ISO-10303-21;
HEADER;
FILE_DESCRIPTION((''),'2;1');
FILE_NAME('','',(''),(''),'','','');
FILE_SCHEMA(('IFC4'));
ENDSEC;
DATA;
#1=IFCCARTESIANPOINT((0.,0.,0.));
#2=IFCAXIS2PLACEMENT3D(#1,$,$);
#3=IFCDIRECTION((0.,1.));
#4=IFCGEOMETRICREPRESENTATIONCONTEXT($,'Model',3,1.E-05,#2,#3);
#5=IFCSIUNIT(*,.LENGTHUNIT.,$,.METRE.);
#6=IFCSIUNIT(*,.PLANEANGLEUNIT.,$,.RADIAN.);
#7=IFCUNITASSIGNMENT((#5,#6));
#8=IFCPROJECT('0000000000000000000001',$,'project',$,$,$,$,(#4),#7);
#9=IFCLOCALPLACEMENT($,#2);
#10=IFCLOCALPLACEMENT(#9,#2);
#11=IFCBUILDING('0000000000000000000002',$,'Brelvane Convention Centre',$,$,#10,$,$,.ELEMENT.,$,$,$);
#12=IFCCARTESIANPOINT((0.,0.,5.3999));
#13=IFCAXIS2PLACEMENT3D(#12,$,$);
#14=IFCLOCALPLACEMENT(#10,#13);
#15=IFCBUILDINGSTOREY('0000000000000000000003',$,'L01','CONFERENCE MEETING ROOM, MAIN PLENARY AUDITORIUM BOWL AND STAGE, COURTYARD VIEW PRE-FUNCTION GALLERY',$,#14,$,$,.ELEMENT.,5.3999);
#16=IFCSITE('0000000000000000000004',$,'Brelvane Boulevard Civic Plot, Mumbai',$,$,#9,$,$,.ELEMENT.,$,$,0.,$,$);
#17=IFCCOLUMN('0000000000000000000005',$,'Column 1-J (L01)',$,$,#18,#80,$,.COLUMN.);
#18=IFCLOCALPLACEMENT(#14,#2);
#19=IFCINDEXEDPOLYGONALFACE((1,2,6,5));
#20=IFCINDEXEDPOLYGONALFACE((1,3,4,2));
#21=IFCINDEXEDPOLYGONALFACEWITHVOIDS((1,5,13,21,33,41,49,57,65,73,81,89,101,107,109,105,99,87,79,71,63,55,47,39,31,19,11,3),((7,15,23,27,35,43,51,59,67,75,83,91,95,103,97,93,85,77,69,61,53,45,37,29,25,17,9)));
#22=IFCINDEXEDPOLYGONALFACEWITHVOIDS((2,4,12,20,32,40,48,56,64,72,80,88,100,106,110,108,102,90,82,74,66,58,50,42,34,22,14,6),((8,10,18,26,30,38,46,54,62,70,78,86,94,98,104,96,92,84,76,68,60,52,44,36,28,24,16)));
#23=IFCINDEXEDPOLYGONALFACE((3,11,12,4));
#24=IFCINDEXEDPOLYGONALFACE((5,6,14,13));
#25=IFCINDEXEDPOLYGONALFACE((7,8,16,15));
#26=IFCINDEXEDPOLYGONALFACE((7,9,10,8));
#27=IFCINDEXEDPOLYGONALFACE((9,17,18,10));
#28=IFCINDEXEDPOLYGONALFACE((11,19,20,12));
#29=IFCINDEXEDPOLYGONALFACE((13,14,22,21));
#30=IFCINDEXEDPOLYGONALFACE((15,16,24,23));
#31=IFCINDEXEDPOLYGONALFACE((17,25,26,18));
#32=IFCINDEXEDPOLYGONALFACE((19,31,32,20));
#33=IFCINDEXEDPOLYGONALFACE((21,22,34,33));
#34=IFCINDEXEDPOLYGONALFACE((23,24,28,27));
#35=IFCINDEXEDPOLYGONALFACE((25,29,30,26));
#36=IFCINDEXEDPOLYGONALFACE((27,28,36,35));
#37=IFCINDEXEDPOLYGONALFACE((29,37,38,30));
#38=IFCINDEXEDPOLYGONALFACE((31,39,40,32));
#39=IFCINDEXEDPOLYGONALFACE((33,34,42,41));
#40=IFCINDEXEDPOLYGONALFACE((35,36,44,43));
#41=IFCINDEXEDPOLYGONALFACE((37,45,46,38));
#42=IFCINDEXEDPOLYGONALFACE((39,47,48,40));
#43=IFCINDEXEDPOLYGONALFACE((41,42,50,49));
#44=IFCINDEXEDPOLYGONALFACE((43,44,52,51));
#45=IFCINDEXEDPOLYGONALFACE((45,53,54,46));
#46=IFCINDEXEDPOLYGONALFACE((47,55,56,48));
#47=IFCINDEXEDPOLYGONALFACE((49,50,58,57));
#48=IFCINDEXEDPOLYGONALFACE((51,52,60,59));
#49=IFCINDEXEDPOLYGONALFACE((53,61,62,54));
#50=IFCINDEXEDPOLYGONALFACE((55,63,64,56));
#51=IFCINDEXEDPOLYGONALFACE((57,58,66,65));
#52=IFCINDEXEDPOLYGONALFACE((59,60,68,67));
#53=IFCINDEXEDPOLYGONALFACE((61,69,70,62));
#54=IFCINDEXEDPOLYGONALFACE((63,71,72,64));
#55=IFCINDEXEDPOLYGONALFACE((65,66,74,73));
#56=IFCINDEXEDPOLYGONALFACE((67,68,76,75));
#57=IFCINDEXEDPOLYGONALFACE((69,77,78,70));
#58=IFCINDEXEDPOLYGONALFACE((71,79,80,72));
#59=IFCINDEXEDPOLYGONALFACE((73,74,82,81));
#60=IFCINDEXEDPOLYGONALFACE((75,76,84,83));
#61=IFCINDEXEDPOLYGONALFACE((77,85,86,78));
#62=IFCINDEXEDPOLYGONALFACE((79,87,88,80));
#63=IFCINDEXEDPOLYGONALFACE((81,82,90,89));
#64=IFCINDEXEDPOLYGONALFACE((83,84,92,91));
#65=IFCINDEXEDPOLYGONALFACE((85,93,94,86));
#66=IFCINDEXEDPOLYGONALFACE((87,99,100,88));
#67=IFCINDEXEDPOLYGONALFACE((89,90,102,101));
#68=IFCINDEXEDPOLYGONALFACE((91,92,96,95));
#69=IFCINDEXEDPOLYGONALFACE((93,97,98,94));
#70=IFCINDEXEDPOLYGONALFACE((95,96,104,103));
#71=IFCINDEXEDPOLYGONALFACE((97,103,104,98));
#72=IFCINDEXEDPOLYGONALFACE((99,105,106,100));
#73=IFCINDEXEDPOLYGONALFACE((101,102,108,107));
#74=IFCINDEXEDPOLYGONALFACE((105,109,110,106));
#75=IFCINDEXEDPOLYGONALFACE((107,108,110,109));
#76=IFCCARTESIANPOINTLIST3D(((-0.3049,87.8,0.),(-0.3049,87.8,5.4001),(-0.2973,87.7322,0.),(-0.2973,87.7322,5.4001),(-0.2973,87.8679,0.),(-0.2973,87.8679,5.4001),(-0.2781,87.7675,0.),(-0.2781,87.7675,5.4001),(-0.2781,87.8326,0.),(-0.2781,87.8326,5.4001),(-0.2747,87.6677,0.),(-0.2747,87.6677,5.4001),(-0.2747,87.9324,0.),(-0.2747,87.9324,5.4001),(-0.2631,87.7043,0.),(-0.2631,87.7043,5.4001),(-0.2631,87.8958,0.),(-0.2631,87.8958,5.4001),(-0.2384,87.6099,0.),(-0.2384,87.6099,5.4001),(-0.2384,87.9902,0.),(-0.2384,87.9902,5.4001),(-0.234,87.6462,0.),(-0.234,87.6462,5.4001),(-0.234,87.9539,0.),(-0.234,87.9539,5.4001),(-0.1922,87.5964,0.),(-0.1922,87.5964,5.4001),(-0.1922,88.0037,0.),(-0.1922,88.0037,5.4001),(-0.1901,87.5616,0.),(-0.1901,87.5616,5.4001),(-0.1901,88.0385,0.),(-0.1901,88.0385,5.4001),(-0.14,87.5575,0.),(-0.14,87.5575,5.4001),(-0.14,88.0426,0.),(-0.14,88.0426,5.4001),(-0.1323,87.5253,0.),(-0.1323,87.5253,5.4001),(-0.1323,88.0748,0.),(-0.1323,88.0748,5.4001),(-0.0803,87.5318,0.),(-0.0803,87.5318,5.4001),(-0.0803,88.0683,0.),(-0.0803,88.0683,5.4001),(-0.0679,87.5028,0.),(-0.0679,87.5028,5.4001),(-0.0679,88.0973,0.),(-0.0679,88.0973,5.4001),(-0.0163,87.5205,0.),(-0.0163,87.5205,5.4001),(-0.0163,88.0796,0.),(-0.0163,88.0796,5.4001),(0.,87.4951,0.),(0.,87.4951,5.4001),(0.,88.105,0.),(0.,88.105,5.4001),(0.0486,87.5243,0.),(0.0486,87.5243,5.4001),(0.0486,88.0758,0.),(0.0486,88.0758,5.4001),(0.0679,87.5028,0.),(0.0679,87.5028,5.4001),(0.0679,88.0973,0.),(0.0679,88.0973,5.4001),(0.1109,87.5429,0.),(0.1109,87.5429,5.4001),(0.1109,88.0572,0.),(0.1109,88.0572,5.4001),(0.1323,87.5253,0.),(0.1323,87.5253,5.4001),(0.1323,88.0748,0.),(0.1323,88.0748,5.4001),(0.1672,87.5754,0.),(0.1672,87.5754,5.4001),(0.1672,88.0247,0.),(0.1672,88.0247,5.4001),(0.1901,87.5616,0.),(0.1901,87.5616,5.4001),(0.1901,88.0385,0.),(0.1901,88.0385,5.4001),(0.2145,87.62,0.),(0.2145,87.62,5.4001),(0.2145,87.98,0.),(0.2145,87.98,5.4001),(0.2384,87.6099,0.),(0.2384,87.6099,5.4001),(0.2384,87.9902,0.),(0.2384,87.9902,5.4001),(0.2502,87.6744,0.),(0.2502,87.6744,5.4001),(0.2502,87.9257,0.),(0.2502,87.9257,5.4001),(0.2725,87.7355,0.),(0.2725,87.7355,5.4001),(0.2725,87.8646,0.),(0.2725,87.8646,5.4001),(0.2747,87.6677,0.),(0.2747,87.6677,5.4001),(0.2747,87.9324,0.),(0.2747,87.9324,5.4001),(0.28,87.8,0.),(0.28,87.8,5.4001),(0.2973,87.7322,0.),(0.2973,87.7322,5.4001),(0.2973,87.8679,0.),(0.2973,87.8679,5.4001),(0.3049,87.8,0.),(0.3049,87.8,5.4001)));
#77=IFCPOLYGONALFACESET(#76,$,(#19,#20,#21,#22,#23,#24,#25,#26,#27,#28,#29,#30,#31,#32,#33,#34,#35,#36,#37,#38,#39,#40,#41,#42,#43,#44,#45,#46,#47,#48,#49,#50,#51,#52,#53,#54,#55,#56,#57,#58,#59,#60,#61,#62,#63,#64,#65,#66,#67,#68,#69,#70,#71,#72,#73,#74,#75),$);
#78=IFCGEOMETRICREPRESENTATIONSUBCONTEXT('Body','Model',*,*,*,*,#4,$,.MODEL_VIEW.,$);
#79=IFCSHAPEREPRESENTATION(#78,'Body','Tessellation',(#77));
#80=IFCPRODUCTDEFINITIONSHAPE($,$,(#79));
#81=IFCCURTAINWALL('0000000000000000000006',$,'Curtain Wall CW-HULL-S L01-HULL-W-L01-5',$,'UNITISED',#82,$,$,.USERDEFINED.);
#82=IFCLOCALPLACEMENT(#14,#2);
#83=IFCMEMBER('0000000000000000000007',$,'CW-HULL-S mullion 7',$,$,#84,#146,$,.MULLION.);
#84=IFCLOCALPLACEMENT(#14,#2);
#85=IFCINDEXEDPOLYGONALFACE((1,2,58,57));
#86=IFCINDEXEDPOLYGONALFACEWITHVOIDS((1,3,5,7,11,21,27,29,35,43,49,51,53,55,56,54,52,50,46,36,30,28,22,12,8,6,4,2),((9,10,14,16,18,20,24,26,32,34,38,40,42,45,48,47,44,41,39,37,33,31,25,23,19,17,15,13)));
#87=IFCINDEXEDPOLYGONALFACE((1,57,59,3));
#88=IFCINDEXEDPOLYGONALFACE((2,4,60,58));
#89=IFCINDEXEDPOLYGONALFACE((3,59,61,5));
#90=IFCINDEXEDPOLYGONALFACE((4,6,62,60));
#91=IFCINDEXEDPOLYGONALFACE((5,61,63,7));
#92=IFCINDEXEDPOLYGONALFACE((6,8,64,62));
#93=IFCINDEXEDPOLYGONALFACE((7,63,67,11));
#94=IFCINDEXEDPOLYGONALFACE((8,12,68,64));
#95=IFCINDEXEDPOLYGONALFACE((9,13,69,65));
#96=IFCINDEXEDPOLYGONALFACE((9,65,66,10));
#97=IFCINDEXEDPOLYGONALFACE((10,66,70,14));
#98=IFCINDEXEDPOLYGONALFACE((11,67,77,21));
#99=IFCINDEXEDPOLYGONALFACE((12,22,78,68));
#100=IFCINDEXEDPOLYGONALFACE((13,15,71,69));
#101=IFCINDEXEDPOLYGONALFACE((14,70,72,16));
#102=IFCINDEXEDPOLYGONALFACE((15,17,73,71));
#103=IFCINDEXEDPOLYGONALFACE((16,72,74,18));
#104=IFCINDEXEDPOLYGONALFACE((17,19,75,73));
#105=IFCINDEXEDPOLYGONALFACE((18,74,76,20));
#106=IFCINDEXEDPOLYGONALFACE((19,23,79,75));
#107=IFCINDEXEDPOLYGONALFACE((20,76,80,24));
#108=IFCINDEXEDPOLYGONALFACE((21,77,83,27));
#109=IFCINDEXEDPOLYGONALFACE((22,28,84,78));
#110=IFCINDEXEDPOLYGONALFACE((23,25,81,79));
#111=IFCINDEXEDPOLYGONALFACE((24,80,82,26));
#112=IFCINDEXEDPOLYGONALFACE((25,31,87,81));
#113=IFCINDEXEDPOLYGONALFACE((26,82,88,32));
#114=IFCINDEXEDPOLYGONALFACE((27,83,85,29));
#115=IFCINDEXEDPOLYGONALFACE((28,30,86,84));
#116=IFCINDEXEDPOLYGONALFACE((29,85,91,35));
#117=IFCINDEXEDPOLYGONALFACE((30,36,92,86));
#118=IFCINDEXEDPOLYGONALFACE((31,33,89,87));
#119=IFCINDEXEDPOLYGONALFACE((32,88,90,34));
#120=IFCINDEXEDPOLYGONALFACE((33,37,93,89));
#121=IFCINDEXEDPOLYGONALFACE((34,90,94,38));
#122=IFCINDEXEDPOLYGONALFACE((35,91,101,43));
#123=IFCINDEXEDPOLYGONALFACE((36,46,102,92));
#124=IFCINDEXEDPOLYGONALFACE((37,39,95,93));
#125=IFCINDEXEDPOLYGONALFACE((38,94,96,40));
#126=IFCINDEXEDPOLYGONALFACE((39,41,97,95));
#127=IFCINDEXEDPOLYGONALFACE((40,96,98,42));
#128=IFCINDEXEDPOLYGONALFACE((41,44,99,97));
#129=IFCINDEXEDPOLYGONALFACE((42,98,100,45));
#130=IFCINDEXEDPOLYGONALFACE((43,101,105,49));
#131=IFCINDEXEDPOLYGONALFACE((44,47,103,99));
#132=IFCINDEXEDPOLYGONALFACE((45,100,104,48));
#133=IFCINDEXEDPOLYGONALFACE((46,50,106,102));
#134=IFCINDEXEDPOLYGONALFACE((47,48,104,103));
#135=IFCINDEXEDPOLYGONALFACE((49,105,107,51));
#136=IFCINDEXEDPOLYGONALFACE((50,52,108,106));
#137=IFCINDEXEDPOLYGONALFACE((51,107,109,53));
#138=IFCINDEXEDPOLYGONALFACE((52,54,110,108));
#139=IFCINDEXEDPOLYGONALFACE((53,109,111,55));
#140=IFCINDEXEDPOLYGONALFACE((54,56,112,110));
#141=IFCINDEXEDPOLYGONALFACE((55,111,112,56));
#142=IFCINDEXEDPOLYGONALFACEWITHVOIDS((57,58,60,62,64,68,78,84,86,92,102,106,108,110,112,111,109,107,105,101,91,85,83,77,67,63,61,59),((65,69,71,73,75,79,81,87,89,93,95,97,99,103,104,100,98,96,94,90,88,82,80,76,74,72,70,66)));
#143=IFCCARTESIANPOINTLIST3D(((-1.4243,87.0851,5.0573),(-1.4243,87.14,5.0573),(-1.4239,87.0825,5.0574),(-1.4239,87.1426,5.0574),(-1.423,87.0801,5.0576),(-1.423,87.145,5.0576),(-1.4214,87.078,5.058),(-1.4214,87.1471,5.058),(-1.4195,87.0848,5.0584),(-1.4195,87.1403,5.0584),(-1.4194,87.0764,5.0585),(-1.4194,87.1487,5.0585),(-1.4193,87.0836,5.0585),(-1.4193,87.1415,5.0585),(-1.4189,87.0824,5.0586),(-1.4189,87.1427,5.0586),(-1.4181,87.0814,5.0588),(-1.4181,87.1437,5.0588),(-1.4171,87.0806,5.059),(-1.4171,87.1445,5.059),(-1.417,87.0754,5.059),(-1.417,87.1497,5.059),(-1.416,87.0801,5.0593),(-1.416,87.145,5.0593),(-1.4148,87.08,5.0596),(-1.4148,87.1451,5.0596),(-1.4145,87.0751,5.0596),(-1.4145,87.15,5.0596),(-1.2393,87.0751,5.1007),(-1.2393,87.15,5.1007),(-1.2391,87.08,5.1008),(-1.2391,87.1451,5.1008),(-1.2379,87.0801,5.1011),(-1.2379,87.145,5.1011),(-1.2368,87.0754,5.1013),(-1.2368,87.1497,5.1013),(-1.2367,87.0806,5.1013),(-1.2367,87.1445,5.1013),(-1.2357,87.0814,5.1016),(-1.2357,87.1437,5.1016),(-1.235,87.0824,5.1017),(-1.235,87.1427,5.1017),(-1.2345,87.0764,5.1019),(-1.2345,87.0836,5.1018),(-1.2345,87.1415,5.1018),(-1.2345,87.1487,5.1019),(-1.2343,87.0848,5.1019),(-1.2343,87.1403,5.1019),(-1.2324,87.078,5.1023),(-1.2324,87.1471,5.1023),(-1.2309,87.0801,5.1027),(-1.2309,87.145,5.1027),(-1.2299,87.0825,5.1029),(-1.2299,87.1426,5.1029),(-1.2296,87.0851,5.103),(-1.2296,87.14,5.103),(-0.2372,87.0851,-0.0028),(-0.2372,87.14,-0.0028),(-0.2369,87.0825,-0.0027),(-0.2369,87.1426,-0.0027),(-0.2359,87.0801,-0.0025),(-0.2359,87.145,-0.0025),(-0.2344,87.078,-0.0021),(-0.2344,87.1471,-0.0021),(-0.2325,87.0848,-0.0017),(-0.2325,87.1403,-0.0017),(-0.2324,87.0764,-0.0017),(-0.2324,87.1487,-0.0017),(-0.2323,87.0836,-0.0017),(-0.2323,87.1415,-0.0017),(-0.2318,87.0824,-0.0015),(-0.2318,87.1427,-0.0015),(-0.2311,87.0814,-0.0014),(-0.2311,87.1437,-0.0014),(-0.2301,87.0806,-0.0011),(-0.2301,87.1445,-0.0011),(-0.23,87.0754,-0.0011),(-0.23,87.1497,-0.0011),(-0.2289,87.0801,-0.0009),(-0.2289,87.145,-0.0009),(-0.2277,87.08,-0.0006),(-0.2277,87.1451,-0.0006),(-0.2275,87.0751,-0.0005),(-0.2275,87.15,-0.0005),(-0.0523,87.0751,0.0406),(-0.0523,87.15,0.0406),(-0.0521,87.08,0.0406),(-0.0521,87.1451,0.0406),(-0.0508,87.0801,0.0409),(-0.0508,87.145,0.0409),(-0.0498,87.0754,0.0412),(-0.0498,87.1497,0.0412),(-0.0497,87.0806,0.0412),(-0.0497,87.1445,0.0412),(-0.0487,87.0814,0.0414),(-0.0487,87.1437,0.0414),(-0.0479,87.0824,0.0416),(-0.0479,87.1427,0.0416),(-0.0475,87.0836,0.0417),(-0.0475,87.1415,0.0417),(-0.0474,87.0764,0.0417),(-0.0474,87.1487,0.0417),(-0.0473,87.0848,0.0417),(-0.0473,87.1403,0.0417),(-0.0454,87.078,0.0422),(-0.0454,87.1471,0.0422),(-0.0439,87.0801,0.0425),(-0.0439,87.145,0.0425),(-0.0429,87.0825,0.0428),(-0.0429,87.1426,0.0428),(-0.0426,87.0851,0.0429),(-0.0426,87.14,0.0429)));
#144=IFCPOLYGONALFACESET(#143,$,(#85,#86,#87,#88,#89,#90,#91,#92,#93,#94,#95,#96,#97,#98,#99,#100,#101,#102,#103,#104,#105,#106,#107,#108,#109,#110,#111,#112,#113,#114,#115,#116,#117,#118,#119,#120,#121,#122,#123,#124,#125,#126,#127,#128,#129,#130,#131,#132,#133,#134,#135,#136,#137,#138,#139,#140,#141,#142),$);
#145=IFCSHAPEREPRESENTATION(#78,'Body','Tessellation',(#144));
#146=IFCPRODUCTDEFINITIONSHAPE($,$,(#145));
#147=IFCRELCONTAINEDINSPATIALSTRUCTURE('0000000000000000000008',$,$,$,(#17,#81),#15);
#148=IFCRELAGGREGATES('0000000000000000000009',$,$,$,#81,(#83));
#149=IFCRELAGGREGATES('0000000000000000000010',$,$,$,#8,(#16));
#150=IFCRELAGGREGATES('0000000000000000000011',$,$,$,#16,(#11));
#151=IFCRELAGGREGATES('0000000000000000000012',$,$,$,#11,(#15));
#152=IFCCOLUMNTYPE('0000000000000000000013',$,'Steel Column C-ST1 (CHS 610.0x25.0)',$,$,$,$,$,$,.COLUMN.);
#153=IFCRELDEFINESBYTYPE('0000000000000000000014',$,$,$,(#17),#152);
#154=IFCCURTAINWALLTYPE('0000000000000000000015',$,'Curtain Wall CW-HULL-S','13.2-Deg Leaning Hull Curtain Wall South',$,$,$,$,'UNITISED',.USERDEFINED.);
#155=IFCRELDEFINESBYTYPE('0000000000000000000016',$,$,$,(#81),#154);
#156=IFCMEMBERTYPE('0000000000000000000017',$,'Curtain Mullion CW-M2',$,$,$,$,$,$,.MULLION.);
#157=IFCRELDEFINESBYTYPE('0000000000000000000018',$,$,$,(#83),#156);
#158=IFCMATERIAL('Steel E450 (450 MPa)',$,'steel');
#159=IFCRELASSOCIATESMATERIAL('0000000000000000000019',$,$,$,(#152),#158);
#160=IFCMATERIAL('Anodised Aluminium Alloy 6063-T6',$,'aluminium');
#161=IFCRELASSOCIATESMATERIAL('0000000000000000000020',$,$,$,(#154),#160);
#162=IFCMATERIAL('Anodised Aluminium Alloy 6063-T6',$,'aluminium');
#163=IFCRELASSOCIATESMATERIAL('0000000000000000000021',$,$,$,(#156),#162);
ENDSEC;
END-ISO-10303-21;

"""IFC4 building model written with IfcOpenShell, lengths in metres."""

from ifc_helpers import new_model, si_unit, direction, frame, origin, origin_2d, place, context, subcontext, project, spatial, hollow_rectangle, hollow_circle, extrude, material, material_profile, profile_set, type_object, element, aggregate, save


model = new_model("IFC4")

# Units and contexts
model_context = context("Model", 3, precision=1e-05, world=origin(), true_north=direction((0.0, 1.0)))
body_context = subcontext(model_context, "Body", "Model", "MODEL_VIEW")
ifc_project = project(units=[si_unit("LENGTHUNIT", "METRE"), si_unit("PLANEANGLEUNIT", "RADIAN")], contexts=[model_context])

# Site, building, storey
site_placement = place(None, origin())
site = spatial("IfcSite", under=ifc_project, at=site_placement, Name="Brelvane Boulevard Civic Plot, Mumbai", CompositionType="ELEMENT", RefElevation=0.0)
building_placement = place(site_placement, origin())
building = spatial("IfcBuilding", under=site, at=building_placement, Name="Brelvane Convention Centre", CompositionType="ELEMENT")
storey_placement = place(building_placement, frame((0.0, 0.0, 5.3999)))
storey = spatial("IfcBuildingStorey", under=building, at=storey_placement, Name="L01", Description="CONFERENCE MEETING ROOM, MAIN PLENARY AUDITORIUM BOWL AND STAGE, COURTYARD VIEW PRE-FUNCTION GALLERY", CompositionType="ELEMENT", Elevation=5.3999)

# Column
ifc_material_1 = material(Name="Steel E450 (450 MPa)", Category="steel")
ifc_material_profile_1 = material_profile(ifc_material_1, hollow_circle(Radius=0.3049, WallThickness=0.0249, at=origin_2d()), Name="CHS 610.0x25.0")
ifc_profile_set_1 = profile_set([ifc_material_profile_1], Name="Steel E450 (450 MPa)")
column_type = type_object("IfcColumnType", Name="Steel Column C-ST1 (CHS 610.0x25.0)", PredefinedType="COLUMN", material=ifc_profile_set_1)
column_placement = place(storey_placement, frame((0.0, 87.8, 0.0), z_axis=(0.0, 0.0, 1.0), x_axis=(1.0, 0.0, 0.0)))
element("IfcColumn", 1, at=column_placement, inside=storey, type_object=column_type, Name="Column 1-J (L01)", PredefinedType="COLUMN", context=body_context, shape_type="SweptSolid", body=[
    extrude(hollow_circle(Radius=0.3049, WallThickness=0.0249, at=origin_2d()), origin(), (0.0, 0.0, 1.0), 5.4001),
])

# Curtain wall, member
ifc_material_2 = material(Name="Anodised Aluminium Alloy 6063-T6", Category="aluminium")
curtain_wall_type = type_object("IfcCurtainWallType", Name="Curtain Wall CW-HULL-S", Description="13.2-Deg Leaning Hull Curtain Wall South", ElementType="UNITISED", PredefinedType="USERDEFINED", material=ifc_material_2)
curtain_wall_1_placement = place(storey_placement, origin())
curtain_wall_1 = element("IfcCurtainWall", 2, at=curtain_wall_1_placement, inside=storey, type_object=curtain_wall_type, Name="Curtain Wall CW-HULL-S L01-HULL-W-L01-5", ObjectType="UNITISED", PredefinedType="USERDEFINED")
ifc_material_3 = material(Name="Anodised Aluminium Alloy 6063-T6", Category="aluminium")
ifc_material_profile_2 = material_profile(ifc_material_3, hollow_rectangle(XDim=0.075, YDim=0.2, WallThickness=0.0049, InnerFilletRadius=0.0049, OuterFilletRadius=0.01, at=origin_2d()), Name="ALU-M 200x75x5.0")
ifc_profile_set_2 = profile_set([ifc_material_profile_2], Name="Anodised Aluminium Alloy 6063-T6")
member_type_1 = type_object("IfcMemberType", Name="Curtain Mullion CW-M2", PredefinedType="MULLION", material=ifc_profile_set_2)
member_1_placement = place(storey_placement, frame((-0.1399, 87.1125, 0.02), z_axis=(-0.228385, 0.0, 0.973571), x_axis=(0.0, -1.0, 0.0)))
member_1 = element("IfcMember", 3, at=member_1_placement, type_object=member_type_1, Name="CW-HULL-S mullion 7", PredefinedType="MULLION", context=body_context, shape_type="SweptSolid", body=[
    extrude(hollow_rectangle(XDim=0.075, YDim=0.2, WallThickness=0.0049, InnerFilletRadius=0.0049, OuterFilletRadius=0.01, at=origin_2d()), origin(), (0.0, 0.0, 1.0), 5.1975),
])

aggregate(curtain_wall_1, [member_1])

save(model, "model.ifc")
